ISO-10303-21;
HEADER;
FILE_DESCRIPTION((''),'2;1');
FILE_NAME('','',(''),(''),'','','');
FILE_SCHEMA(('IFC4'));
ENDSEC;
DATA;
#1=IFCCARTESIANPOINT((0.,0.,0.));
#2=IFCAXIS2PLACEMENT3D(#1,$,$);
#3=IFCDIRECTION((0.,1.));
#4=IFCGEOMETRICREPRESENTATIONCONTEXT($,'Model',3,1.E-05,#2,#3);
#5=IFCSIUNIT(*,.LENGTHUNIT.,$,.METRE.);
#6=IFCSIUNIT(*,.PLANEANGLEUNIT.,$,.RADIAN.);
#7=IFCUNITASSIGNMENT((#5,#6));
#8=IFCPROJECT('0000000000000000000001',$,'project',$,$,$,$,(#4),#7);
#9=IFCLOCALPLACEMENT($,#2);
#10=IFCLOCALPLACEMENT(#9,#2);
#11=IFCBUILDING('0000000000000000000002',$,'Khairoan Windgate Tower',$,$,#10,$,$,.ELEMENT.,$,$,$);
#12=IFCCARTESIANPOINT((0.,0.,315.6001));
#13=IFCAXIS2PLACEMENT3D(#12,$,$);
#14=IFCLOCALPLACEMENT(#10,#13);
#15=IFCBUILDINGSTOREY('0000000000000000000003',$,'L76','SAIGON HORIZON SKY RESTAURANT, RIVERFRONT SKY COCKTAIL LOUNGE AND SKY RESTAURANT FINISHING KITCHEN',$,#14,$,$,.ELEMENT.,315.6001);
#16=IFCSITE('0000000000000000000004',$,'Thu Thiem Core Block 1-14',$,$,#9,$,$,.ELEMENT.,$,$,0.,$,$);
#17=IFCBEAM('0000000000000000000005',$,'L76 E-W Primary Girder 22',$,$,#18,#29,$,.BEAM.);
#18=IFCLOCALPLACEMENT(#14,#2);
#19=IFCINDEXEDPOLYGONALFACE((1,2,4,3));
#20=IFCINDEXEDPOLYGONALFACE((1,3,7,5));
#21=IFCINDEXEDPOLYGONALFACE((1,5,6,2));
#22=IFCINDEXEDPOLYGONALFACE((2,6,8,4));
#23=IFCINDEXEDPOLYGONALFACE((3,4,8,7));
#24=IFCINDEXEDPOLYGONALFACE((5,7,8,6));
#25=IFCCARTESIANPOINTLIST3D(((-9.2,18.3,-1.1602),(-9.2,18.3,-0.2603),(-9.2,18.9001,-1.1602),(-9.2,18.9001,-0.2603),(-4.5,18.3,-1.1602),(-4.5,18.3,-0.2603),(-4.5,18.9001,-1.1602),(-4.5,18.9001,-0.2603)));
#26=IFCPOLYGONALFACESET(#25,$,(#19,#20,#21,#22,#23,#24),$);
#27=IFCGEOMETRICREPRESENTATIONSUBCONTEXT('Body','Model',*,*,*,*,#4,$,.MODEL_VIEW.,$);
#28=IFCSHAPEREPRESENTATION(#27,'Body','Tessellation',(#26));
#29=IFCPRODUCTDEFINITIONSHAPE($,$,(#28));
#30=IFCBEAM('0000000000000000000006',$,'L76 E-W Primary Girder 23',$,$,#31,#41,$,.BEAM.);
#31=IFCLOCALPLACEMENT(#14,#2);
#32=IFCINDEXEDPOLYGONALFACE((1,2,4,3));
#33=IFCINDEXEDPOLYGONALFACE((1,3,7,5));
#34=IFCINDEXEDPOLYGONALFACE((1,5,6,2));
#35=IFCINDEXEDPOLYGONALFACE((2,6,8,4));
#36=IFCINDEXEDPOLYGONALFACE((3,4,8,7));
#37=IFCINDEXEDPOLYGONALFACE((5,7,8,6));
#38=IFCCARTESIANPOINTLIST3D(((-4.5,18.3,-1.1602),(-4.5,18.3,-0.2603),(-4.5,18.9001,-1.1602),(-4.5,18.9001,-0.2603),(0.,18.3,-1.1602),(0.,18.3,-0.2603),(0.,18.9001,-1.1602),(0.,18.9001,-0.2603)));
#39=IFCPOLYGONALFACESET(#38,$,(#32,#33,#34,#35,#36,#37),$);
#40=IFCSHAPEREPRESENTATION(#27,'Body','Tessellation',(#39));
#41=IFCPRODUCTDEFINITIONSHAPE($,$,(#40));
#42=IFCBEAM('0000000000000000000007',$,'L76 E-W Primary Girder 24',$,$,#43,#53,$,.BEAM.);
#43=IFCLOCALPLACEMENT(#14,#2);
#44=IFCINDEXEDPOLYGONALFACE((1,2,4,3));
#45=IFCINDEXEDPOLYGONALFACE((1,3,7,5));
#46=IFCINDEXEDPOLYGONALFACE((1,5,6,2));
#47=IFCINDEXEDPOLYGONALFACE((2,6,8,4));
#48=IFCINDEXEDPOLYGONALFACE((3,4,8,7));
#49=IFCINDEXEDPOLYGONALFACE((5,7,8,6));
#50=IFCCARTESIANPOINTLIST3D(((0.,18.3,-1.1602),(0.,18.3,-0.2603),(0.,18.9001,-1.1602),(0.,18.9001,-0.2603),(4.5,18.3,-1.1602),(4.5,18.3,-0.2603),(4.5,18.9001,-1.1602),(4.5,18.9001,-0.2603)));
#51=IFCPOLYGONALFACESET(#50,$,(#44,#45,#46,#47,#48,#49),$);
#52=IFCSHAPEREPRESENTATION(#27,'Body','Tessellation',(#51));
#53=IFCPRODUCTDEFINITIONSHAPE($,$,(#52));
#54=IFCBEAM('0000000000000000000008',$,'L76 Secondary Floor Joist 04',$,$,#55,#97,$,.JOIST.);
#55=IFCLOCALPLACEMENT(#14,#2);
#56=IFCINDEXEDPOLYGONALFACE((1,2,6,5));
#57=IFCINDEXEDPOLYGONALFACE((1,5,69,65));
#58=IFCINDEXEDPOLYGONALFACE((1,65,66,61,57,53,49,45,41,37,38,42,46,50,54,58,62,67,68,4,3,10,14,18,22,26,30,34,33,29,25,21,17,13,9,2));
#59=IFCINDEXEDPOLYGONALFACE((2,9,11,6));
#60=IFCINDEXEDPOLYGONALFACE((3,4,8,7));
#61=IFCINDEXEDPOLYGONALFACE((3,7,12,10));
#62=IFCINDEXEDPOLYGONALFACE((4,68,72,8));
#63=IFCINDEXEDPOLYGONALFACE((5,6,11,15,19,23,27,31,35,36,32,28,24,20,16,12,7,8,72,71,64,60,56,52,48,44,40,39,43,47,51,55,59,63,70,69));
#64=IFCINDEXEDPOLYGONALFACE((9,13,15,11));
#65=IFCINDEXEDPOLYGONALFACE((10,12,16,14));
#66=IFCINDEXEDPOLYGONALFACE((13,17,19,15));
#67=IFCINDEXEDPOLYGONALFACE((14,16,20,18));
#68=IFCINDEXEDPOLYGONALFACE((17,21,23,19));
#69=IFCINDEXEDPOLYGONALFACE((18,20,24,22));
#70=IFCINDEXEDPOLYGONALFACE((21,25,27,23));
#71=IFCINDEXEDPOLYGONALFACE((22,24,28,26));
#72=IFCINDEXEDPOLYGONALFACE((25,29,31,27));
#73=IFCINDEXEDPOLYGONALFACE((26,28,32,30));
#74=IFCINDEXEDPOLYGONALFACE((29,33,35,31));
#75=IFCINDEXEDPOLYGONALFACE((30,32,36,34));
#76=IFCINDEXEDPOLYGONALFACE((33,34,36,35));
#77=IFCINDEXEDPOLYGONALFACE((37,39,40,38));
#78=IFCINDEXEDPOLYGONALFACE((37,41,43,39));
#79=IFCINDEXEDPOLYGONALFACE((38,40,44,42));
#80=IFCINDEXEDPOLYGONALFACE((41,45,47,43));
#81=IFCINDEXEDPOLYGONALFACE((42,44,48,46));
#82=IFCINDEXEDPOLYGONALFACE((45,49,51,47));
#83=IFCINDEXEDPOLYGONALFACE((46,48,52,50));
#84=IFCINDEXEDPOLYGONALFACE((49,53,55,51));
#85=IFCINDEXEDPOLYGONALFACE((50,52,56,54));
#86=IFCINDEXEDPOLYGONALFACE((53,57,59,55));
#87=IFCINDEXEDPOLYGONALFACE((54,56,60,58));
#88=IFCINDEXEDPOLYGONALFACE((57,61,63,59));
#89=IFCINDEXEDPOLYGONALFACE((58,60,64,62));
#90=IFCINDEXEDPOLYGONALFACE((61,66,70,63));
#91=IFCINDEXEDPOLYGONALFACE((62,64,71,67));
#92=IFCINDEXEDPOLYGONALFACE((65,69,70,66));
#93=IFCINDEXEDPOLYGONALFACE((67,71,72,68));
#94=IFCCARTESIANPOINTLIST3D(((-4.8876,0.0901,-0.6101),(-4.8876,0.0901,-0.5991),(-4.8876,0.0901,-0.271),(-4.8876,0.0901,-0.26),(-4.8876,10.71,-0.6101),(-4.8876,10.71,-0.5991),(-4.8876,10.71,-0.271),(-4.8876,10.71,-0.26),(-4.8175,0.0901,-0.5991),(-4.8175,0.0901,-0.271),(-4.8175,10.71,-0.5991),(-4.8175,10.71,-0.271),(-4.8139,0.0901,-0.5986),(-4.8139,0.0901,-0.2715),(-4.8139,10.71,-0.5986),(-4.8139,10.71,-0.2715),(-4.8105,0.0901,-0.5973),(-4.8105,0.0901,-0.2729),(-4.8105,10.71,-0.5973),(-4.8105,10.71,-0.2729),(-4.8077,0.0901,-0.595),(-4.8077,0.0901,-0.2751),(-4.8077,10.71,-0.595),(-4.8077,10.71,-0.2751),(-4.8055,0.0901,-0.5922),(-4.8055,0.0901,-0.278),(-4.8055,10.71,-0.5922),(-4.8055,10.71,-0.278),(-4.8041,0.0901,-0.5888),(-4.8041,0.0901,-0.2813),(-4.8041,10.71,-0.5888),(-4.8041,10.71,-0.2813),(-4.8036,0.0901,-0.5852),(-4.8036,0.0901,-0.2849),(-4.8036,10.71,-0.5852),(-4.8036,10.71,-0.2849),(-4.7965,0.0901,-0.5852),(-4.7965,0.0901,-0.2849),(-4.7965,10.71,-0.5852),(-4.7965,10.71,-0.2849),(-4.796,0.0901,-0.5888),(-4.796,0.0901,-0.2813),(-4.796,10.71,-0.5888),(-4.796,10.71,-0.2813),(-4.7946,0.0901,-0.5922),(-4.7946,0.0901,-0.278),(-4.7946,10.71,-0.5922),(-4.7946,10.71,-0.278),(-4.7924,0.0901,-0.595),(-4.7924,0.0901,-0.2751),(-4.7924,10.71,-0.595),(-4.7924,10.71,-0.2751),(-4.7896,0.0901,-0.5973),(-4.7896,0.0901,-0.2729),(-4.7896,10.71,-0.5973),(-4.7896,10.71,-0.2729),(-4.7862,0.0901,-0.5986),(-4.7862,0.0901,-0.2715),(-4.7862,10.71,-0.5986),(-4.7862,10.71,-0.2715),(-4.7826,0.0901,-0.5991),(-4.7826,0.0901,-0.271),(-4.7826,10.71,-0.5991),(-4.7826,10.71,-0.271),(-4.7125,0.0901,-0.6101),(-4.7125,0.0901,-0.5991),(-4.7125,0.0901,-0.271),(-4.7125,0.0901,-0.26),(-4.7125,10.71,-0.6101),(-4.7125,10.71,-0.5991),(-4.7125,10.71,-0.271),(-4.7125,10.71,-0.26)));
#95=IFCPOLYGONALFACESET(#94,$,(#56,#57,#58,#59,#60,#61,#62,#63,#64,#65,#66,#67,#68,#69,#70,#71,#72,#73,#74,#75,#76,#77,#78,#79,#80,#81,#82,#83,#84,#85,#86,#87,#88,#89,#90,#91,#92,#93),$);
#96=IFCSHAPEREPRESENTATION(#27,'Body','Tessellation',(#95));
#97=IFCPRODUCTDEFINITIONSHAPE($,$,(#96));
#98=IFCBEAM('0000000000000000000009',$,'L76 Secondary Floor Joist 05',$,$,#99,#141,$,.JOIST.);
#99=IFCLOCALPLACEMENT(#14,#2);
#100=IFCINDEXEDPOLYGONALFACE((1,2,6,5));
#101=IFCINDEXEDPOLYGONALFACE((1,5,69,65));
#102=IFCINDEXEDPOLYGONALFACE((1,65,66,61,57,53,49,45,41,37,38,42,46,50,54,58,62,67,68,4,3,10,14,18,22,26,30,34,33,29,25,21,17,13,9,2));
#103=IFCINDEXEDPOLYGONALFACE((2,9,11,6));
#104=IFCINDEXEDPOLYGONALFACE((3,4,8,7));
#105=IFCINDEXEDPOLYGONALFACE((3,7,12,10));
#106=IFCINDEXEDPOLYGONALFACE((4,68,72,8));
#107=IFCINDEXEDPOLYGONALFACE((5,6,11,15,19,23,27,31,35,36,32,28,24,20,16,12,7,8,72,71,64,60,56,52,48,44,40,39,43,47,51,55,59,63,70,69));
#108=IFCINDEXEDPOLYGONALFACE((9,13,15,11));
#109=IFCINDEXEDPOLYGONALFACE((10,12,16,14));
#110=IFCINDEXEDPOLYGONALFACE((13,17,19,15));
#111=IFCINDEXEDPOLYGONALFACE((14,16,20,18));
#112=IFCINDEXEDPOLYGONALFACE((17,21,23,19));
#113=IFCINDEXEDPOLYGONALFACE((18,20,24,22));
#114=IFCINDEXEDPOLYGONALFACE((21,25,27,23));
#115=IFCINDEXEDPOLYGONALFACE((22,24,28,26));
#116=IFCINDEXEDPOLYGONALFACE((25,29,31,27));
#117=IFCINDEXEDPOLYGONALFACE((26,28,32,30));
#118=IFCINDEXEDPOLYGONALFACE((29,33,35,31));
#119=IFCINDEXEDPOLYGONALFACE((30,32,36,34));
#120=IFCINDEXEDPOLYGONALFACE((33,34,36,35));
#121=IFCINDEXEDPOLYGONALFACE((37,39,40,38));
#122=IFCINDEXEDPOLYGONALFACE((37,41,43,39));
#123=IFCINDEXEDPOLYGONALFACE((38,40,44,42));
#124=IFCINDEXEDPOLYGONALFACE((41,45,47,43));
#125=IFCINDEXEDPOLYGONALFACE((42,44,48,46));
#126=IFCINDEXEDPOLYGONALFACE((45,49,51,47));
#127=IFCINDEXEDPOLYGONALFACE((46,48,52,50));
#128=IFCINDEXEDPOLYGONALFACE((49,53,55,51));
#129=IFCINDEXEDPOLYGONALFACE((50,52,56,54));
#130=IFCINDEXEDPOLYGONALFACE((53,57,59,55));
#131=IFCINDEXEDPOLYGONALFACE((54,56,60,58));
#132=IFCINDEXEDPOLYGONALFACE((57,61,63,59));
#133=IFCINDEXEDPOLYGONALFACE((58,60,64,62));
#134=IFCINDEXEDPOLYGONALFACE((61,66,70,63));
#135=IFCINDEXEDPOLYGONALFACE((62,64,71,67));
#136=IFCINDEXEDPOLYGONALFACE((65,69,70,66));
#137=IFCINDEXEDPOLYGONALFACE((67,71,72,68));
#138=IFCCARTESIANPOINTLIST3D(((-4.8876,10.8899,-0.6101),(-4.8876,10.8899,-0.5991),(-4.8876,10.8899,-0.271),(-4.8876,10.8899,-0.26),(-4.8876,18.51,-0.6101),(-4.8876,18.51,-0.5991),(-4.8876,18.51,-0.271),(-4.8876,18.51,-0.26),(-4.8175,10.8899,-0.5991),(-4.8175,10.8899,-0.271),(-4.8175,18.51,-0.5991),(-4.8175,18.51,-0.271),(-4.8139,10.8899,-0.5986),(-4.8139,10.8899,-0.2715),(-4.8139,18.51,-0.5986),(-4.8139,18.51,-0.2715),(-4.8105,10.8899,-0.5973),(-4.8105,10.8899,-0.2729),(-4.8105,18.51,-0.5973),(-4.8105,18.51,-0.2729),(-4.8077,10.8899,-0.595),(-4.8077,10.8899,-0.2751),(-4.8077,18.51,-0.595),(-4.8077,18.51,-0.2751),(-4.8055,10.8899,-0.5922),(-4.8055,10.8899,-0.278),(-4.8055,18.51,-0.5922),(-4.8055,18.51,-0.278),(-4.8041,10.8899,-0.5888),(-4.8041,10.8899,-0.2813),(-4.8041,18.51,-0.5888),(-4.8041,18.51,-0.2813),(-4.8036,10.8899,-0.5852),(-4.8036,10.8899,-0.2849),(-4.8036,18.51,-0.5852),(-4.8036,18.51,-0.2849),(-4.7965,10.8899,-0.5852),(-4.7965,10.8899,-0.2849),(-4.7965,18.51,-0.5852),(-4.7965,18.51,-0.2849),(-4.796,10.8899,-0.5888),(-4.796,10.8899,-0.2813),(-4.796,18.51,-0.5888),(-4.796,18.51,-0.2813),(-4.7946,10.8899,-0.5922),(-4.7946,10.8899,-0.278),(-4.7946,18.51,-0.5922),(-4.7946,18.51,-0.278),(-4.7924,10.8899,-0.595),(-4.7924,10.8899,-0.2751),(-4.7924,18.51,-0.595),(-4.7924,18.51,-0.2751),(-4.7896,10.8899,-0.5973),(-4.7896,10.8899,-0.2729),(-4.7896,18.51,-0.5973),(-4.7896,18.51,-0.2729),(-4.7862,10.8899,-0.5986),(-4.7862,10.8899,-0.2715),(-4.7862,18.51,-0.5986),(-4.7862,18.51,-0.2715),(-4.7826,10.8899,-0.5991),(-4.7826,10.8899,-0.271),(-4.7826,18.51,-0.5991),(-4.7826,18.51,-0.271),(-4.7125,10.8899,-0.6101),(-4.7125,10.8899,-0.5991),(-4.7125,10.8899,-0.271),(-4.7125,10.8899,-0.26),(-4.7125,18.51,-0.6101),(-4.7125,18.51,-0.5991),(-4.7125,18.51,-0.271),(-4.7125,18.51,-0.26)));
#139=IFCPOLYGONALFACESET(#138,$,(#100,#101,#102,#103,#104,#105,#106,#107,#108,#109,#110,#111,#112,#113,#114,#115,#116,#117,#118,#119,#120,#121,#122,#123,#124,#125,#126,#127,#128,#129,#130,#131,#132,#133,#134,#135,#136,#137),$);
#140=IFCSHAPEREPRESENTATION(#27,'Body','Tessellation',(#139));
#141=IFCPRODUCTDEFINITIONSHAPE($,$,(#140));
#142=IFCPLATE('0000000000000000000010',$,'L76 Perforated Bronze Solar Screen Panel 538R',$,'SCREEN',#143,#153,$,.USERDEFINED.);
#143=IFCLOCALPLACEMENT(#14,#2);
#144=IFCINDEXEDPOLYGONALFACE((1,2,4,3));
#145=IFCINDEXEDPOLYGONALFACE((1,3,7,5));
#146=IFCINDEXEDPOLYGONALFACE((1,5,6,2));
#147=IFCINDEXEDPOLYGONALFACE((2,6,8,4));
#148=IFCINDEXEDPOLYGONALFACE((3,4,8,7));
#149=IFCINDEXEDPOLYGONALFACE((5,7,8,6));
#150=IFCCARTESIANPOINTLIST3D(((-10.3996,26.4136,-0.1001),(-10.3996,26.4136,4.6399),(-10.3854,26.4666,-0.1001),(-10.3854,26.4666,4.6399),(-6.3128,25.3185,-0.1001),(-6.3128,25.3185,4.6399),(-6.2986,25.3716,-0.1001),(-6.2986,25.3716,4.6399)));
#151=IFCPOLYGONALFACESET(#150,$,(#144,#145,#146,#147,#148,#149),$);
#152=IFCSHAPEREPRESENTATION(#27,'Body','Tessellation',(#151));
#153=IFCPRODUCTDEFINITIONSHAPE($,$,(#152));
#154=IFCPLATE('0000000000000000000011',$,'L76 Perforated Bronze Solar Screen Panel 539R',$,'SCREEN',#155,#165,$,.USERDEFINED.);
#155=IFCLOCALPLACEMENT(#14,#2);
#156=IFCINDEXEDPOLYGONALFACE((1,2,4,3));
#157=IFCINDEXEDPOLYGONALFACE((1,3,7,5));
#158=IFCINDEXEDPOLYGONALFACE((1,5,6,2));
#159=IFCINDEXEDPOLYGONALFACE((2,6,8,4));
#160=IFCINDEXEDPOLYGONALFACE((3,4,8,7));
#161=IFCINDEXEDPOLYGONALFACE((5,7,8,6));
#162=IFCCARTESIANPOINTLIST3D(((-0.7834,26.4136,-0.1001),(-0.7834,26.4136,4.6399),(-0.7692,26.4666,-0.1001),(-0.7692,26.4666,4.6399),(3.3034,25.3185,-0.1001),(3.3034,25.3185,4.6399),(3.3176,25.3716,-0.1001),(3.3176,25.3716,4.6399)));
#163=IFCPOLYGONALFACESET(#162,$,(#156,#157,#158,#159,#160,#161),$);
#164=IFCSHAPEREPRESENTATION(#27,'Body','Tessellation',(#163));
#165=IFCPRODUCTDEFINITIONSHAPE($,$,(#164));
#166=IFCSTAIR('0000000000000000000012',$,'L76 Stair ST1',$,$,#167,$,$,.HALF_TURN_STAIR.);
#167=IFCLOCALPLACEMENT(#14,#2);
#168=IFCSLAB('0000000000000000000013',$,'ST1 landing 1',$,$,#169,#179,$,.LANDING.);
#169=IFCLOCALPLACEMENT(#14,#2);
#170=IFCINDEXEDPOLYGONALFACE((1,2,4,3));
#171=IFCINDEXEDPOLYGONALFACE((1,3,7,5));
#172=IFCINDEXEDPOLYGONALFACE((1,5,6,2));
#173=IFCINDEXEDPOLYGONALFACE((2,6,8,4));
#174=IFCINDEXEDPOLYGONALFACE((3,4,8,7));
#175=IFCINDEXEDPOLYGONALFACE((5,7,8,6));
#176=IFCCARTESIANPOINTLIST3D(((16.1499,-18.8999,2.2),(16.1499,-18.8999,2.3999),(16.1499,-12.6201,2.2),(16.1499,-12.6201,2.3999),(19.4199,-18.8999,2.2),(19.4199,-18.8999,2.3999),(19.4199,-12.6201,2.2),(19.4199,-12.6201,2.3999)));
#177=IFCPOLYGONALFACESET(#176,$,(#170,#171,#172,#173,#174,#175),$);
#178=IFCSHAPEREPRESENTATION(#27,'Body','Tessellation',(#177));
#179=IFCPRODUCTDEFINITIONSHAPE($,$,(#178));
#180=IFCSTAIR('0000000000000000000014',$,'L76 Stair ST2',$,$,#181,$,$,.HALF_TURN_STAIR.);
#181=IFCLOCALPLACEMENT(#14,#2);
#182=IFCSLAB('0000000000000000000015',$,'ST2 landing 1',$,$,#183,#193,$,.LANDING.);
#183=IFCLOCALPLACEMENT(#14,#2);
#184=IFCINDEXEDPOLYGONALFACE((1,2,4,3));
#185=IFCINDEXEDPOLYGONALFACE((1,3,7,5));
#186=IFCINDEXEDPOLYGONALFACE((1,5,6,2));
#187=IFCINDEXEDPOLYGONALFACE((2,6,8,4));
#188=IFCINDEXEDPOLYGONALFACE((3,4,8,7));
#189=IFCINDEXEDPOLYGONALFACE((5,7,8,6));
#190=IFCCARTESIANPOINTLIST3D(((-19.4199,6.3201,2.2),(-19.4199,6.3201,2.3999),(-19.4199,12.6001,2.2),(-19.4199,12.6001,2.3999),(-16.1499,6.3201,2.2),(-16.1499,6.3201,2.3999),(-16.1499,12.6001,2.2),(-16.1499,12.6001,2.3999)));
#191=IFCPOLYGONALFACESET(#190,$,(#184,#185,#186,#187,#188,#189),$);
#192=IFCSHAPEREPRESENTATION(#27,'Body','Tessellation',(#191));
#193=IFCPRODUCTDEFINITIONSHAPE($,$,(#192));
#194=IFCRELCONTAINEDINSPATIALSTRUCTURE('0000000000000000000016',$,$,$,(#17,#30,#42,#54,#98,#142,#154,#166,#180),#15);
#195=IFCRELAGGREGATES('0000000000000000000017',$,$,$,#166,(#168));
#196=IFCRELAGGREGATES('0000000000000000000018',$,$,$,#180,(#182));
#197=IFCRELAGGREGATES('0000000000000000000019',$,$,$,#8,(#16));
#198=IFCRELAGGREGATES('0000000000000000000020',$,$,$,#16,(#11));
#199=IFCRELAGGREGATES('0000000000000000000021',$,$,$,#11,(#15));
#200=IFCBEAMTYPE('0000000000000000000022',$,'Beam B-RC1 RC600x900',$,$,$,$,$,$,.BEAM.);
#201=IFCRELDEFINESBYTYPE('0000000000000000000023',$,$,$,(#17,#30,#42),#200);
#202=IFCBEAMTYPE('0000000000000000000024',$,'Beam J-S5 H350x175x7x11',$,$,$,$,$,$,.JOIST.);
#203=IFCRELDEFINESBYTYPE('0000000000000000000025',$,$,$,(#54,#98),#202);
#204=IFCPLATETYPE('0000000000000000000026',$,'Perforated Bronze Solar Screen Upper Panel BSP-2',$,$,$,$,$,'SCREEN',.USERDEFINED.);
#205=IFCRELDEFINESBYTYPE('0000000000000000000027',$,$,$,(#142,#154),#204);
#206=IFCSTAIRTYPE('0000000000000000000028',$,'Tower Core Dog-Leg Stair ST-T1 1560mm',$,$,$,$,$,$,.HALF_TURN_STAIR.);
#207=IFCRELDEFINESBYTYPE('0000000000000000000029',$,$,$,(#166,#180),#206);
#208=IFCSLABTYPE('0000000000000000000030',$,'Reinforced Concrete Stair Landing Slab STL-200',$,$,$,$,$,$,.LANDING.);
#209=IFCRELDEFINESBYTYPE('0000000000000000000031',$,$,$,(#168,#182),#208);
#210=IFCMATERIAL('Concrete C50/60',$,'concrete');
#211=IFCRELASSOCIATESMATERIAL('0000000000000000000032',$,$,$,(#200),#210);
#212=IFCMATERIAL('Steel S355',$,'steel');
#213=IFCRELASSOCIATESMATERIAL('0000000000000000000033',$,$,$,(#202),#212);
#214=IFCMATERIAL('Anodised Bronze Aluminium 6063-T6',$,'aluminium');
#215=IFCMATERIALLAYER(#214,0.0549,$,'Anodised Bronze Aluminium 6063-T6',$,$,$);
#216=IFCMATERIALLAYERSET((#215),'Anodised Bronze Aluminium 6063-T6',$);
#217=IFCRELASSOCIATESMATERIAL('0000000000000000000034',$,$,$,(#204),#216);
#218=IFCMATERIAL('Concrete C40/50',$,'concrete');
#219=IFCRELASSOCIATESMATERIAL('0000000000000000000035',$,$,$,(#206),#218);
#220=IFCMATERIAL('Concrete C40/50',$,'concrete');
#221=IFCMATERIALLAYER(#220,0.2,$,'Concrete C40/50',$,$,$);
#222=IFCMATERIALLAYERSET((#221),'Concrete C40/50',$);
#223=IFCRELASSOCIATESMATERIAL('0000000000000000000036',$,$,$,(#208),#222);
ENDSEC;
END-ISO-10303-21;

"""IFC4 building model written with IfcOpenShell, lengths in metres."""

from ifc_helpers import new_model, si_unit, direction, frame, origin, origin_2d, place, context, subcontext, project, spatial, polyline, rectangle, i_section, outline, extrude, material, layer, layer_set, material_profile, profile_set, type_object, element, aggregate, save


model = new_model("IFC4")

# Units and contexts
model_context = context("Model", 3, precision=1e-05, world=origin(), true_north=direction((0.0, 1.0)))
body_context = subcontext(model_context, "Body", "Model", "MODEL_VIEW")
ifc_project = project(units=[si_unit("LENGTHUNIT", "METRE"), si_unit("PLANEANGLEUNIT", "RADIAN")], contexts=[model_context])

# Site, building, storey
site_placement = place(None, origin())
site = spatial("IfcSite", under=ifc_project, at=site_placement, Name="Thu Thiem Core Block 1-14", CompositionType="ELEMENT", RefElevation=0.0)
building_placement = place(site_placement, origin())
building = spatial("IfcBuilding", under=site, at=building_placement, Name="Khairoan Windgate Tower", CompositionType="ELEMENT")
storey_placement = place(building_placement, frame((0.0, 0.0, 315.6001)))
storey = spatial("IfcBuildingStorey", under=building, at=storey_placement, Name="L76", Description="SAIGON HORIZON SKY RESTAURANT, RIVERFRONT SKY COCKTAIL LOUNGE AND SKY RESTAURANT FINISHING KITCHEN", CompositionType="ELEMENT", Elevation=315.6001)

# Beams
ifc_material_1 = material(Name="Concrete C50/60", Category="concrete")
ifc_material_profile_1 = material_profile(ifc_material_1, rectangle(XDim=0.6001, YDim=0.8999, at=origin_2d()))
ifc_profile_set_1 = profile_set([ifc_material_profile_1], Name="Concrete C50/60")
beam_type_1 = type_object("IfcBeamType", Name="Beam B-RC1 RC600x900", PredefinedType="BEAM", material=ifc_profile_set_1)
beam_1_placement = place(storey_placement, frame((-9.2, 18.6001, -0.7102), z_axis=(1.0, 0.0, 0.0), x_axis=(0.0, 1.0, 0.0)))
element("IfcBeam", 1, at=beam_1_placement, inside=storey, type_object=beam_type_1, Name="L76 E-W Primary Girder 22", PredefinedType="BEAM", context=body_context, shape_type="SweptSolid", body=[
    extrude(rectangle(XDim=0.6001, YDim=0.8999, at=origin_2d()), origin(), (0.0, 0.0, 1.0), 4.7),
])
for number, where, z_axis, x_axis, name in (
    (2, (-4.5, 18.6001, -0.7102), (1.0, 0.0, 0.0), (0.0, 1.0, 0.0), "L76 E-W Primary Girder 23"),
    (3, (0.0, 18.6001, -0.7102), (1.0, 0.0, 0.0), (0.0, 1.0, 0.0), "L76 E-W Primary Girder 24"),
):
    element("IfcBeam", number, at=place(storey_placement, frame(where, z_axis=z_axis, x_axis=x_axis)), inside=storey, type_object=beam_type_1, Name=name, PredefinedType="BEAM", context=body_context, shape_type="SweptSolid", body=[
        extrude(rectangle(XDim=0.6001, YDim=0.8999, at=origin_2d()), origin(), (0.0, 0.0, 1.0), 4.5),
    ])
ifc_material_2 = material(Name="Steel S355", Category="steel")
ifc_material_profile_2 = material_profile(ifc_material_2, i_section(OverallWidth=0.175, OverallDepth=0.3501, WebThickness=0.0071, FlangeThickness=0.011, FilletRadius=0.0139, at=origin_2d()))
ifc_profile_set_2 = profile_set([ifc_material_profile_2], Name="Steel S355")
beam_type_2 = type_object("IfcBeamType", Name="Beam J-S5 H350x175x7x11", PredefinedType="JOIST", material=ifc_profile_set_2)
beam_2_placement = place(storey_placement, frame((-4.8, 0.0901, -0.4351), z_axis=(0.0, 1.0, 0.0), x_axis=(-1.0, 0.0, 0.0)))
element("IfcBeam", 4, at=beam_2_placement, inside=storey, type_object=beam_type_2, Name="L76 Secondary Floor Joist 04", PredefinedType="JOIST", context=body_context, shape_type="SweptSolid", body=[
    extrude(i_section(OverallWidth=0.175, OverallDepth=0.3501, WebThickness=0.0071, FlangeThickness=0.011, FilletRadius=0.0139, at=origin_2d()), origin(), (0.0, 0.0, 1.0), 10.6199),
])
beam_3_placement = place(storey_placement, frame((-4.8, 10.8899, -0.4351), z_axis=(0.0, 1.0, 0.0), x_axis=(-1.0, 0.0, 0.0)))
element("IfcBeam", 5, at=beam_3_placement, inside=storey, type_object=beam_type_2, Name="L76 Secondary Floor Joist 05", PredefinedType="JOIST", context=body_context, shape_type="SweptSolid", body=[
    extrude(i_section(OverallWidth=0.175, OverallDepth=0.3501, WebThickness=0.0071, FlangeThickness=0.011, FilletRadius=0.0139, at=origin_2d()), origin(), (0.0, 0.0, 1.0), 7.6201),
])

# Plates
ifc_material_3 = material(Name="Anodised Bronze Aluminium 6063-T6", Category="aluminium")
ifc_layer_1 = layer(ifc_material_3, 0.0549, Name="Anodised Bronze Aluminium 6063-T6")
ifc_layer_set_1 = layer_set([ifc_layer_1], Name="Anodised Bronze Aluminium 6063-T6")
plate_type = type_object("IfcPlateType", Name="Perforated Bronze Solar Screen Upper Panel BSP-2", ElementType="SCREEN", PredefinedType="USERDEFINED", material=ifc_layer_set_1)
for number, where, z_axis, x_axis, name in (
    (6, (-8.3491, 25.8926, -0.1001), (0.0, 0.0, 1.0), (0.965926, -0.258819, 0.0), "L76 Perforated Bronze Solar Screen Panel 538R"),
    (7, (1.2671, 25.8926, -0.1001), (0.0, 0.0, 1.0), (0.965926, -0.258819, 0.0), "L76 Perforated Bronze Solar Screen Panel 539R"),
):
    element("IfcPlate", number, at=place(storey_placement, frame(where, z_axis=z_axis, x_axis=x_axis)), inside=storey, type_object=plate_type, Name=name, ObjectType="SCREEN", PredefinedType="USERDEFINED", context=body_context, shape_type="SweptSolid", body=[
        extrude(rectangle(XDim=4.231, YDim=0.0549, at=origin_2d()), origin(), (0.0, 0.0, 1.0), 4.74),
    ])

# Stairs, slabs
ifc_material_4 = material(Name="Concrete C40/50", Category="concrete")
stair_type = type_object("IfcStairType", Name="Tower Core Dog-Leg Stair ST-T1 1560mm", PredefinedType="HALF_TURN_STAIR", material=ifc_material_4)
stair_1_placement = place(storey_placement, origin())
stair_1 = element("IfcStair", 8, at=stair_1_placement, inside=storey, type_object=stair_type, Name="L76 Stair ST1", PredefinedType="HALF_TURN_STAIR")
ifc_material_5 = material(Name="Concrete C40/50", Category="concrete")
ifc_layer_2 = layer(ifc_material_5, 0.2, Name="Concrete C40/50")
ifc_layer_set_2 = layer_set([ifc_layer_2], Name="Concrete C40/50")
slab_type_1 = type_object("IfcSlabType", Name="Reinforced Concrete Stair Landing Slab STL-200", PredefinedType="LANDING", material=ifc_layer_set_2)
slab_1_placement = place(storey_placement, frame((0.0, 0.0, 2.2)))
slab_1 = element("IfcSlab", 9, at=slab_1_placement, type_object=slab_type_1, Name="ST1 landing 1", PredefinedType="LANDING", context=body_context, shape_type="SweptSolid", body=[
    extrude(outline(polyline([(16.1499, -12.6201), (16.1499, -18.8999), (19.4199, -18.8999), (19.4199, -12.6201), (16.1499, -12.6201)])), origin(), (0.0, 0.0, 1.0), 0.2),
])
aggregate(stair_1, [slab_1])
stair_2_placement = place(storey_placement, origin())
stair_2 = element("IfcStair", 10, at=stair_2_placement, inside=storey, type_object=stair_type, Name="L76 Stair ST2", PredefinedType="HALF_TURN_STAIR")
slab_2_placement = place(storey_placement, frame((0.0, 0.0, 2.2)))
slab_2 = element("IfcSlab", 11, at=slab_2_placement, type_object=slab_type_1, Name="ST2 landing 1", PredefinedType="LANDING", context=body_context, shape_type="SweptSolid", body=[
    extrude(outline(polyline([(-16.1499, 6.3201), (-16.1499, 12.6001), (-19.4199, 12.6001), (-19.4199, 6.3201), (-16.1499, 6.3201)])), origin(), (0.0, 0.0, 1.0), 0.2),
])
aggregate(stair_2, [slab_2])

save(model, "model.ifc")
